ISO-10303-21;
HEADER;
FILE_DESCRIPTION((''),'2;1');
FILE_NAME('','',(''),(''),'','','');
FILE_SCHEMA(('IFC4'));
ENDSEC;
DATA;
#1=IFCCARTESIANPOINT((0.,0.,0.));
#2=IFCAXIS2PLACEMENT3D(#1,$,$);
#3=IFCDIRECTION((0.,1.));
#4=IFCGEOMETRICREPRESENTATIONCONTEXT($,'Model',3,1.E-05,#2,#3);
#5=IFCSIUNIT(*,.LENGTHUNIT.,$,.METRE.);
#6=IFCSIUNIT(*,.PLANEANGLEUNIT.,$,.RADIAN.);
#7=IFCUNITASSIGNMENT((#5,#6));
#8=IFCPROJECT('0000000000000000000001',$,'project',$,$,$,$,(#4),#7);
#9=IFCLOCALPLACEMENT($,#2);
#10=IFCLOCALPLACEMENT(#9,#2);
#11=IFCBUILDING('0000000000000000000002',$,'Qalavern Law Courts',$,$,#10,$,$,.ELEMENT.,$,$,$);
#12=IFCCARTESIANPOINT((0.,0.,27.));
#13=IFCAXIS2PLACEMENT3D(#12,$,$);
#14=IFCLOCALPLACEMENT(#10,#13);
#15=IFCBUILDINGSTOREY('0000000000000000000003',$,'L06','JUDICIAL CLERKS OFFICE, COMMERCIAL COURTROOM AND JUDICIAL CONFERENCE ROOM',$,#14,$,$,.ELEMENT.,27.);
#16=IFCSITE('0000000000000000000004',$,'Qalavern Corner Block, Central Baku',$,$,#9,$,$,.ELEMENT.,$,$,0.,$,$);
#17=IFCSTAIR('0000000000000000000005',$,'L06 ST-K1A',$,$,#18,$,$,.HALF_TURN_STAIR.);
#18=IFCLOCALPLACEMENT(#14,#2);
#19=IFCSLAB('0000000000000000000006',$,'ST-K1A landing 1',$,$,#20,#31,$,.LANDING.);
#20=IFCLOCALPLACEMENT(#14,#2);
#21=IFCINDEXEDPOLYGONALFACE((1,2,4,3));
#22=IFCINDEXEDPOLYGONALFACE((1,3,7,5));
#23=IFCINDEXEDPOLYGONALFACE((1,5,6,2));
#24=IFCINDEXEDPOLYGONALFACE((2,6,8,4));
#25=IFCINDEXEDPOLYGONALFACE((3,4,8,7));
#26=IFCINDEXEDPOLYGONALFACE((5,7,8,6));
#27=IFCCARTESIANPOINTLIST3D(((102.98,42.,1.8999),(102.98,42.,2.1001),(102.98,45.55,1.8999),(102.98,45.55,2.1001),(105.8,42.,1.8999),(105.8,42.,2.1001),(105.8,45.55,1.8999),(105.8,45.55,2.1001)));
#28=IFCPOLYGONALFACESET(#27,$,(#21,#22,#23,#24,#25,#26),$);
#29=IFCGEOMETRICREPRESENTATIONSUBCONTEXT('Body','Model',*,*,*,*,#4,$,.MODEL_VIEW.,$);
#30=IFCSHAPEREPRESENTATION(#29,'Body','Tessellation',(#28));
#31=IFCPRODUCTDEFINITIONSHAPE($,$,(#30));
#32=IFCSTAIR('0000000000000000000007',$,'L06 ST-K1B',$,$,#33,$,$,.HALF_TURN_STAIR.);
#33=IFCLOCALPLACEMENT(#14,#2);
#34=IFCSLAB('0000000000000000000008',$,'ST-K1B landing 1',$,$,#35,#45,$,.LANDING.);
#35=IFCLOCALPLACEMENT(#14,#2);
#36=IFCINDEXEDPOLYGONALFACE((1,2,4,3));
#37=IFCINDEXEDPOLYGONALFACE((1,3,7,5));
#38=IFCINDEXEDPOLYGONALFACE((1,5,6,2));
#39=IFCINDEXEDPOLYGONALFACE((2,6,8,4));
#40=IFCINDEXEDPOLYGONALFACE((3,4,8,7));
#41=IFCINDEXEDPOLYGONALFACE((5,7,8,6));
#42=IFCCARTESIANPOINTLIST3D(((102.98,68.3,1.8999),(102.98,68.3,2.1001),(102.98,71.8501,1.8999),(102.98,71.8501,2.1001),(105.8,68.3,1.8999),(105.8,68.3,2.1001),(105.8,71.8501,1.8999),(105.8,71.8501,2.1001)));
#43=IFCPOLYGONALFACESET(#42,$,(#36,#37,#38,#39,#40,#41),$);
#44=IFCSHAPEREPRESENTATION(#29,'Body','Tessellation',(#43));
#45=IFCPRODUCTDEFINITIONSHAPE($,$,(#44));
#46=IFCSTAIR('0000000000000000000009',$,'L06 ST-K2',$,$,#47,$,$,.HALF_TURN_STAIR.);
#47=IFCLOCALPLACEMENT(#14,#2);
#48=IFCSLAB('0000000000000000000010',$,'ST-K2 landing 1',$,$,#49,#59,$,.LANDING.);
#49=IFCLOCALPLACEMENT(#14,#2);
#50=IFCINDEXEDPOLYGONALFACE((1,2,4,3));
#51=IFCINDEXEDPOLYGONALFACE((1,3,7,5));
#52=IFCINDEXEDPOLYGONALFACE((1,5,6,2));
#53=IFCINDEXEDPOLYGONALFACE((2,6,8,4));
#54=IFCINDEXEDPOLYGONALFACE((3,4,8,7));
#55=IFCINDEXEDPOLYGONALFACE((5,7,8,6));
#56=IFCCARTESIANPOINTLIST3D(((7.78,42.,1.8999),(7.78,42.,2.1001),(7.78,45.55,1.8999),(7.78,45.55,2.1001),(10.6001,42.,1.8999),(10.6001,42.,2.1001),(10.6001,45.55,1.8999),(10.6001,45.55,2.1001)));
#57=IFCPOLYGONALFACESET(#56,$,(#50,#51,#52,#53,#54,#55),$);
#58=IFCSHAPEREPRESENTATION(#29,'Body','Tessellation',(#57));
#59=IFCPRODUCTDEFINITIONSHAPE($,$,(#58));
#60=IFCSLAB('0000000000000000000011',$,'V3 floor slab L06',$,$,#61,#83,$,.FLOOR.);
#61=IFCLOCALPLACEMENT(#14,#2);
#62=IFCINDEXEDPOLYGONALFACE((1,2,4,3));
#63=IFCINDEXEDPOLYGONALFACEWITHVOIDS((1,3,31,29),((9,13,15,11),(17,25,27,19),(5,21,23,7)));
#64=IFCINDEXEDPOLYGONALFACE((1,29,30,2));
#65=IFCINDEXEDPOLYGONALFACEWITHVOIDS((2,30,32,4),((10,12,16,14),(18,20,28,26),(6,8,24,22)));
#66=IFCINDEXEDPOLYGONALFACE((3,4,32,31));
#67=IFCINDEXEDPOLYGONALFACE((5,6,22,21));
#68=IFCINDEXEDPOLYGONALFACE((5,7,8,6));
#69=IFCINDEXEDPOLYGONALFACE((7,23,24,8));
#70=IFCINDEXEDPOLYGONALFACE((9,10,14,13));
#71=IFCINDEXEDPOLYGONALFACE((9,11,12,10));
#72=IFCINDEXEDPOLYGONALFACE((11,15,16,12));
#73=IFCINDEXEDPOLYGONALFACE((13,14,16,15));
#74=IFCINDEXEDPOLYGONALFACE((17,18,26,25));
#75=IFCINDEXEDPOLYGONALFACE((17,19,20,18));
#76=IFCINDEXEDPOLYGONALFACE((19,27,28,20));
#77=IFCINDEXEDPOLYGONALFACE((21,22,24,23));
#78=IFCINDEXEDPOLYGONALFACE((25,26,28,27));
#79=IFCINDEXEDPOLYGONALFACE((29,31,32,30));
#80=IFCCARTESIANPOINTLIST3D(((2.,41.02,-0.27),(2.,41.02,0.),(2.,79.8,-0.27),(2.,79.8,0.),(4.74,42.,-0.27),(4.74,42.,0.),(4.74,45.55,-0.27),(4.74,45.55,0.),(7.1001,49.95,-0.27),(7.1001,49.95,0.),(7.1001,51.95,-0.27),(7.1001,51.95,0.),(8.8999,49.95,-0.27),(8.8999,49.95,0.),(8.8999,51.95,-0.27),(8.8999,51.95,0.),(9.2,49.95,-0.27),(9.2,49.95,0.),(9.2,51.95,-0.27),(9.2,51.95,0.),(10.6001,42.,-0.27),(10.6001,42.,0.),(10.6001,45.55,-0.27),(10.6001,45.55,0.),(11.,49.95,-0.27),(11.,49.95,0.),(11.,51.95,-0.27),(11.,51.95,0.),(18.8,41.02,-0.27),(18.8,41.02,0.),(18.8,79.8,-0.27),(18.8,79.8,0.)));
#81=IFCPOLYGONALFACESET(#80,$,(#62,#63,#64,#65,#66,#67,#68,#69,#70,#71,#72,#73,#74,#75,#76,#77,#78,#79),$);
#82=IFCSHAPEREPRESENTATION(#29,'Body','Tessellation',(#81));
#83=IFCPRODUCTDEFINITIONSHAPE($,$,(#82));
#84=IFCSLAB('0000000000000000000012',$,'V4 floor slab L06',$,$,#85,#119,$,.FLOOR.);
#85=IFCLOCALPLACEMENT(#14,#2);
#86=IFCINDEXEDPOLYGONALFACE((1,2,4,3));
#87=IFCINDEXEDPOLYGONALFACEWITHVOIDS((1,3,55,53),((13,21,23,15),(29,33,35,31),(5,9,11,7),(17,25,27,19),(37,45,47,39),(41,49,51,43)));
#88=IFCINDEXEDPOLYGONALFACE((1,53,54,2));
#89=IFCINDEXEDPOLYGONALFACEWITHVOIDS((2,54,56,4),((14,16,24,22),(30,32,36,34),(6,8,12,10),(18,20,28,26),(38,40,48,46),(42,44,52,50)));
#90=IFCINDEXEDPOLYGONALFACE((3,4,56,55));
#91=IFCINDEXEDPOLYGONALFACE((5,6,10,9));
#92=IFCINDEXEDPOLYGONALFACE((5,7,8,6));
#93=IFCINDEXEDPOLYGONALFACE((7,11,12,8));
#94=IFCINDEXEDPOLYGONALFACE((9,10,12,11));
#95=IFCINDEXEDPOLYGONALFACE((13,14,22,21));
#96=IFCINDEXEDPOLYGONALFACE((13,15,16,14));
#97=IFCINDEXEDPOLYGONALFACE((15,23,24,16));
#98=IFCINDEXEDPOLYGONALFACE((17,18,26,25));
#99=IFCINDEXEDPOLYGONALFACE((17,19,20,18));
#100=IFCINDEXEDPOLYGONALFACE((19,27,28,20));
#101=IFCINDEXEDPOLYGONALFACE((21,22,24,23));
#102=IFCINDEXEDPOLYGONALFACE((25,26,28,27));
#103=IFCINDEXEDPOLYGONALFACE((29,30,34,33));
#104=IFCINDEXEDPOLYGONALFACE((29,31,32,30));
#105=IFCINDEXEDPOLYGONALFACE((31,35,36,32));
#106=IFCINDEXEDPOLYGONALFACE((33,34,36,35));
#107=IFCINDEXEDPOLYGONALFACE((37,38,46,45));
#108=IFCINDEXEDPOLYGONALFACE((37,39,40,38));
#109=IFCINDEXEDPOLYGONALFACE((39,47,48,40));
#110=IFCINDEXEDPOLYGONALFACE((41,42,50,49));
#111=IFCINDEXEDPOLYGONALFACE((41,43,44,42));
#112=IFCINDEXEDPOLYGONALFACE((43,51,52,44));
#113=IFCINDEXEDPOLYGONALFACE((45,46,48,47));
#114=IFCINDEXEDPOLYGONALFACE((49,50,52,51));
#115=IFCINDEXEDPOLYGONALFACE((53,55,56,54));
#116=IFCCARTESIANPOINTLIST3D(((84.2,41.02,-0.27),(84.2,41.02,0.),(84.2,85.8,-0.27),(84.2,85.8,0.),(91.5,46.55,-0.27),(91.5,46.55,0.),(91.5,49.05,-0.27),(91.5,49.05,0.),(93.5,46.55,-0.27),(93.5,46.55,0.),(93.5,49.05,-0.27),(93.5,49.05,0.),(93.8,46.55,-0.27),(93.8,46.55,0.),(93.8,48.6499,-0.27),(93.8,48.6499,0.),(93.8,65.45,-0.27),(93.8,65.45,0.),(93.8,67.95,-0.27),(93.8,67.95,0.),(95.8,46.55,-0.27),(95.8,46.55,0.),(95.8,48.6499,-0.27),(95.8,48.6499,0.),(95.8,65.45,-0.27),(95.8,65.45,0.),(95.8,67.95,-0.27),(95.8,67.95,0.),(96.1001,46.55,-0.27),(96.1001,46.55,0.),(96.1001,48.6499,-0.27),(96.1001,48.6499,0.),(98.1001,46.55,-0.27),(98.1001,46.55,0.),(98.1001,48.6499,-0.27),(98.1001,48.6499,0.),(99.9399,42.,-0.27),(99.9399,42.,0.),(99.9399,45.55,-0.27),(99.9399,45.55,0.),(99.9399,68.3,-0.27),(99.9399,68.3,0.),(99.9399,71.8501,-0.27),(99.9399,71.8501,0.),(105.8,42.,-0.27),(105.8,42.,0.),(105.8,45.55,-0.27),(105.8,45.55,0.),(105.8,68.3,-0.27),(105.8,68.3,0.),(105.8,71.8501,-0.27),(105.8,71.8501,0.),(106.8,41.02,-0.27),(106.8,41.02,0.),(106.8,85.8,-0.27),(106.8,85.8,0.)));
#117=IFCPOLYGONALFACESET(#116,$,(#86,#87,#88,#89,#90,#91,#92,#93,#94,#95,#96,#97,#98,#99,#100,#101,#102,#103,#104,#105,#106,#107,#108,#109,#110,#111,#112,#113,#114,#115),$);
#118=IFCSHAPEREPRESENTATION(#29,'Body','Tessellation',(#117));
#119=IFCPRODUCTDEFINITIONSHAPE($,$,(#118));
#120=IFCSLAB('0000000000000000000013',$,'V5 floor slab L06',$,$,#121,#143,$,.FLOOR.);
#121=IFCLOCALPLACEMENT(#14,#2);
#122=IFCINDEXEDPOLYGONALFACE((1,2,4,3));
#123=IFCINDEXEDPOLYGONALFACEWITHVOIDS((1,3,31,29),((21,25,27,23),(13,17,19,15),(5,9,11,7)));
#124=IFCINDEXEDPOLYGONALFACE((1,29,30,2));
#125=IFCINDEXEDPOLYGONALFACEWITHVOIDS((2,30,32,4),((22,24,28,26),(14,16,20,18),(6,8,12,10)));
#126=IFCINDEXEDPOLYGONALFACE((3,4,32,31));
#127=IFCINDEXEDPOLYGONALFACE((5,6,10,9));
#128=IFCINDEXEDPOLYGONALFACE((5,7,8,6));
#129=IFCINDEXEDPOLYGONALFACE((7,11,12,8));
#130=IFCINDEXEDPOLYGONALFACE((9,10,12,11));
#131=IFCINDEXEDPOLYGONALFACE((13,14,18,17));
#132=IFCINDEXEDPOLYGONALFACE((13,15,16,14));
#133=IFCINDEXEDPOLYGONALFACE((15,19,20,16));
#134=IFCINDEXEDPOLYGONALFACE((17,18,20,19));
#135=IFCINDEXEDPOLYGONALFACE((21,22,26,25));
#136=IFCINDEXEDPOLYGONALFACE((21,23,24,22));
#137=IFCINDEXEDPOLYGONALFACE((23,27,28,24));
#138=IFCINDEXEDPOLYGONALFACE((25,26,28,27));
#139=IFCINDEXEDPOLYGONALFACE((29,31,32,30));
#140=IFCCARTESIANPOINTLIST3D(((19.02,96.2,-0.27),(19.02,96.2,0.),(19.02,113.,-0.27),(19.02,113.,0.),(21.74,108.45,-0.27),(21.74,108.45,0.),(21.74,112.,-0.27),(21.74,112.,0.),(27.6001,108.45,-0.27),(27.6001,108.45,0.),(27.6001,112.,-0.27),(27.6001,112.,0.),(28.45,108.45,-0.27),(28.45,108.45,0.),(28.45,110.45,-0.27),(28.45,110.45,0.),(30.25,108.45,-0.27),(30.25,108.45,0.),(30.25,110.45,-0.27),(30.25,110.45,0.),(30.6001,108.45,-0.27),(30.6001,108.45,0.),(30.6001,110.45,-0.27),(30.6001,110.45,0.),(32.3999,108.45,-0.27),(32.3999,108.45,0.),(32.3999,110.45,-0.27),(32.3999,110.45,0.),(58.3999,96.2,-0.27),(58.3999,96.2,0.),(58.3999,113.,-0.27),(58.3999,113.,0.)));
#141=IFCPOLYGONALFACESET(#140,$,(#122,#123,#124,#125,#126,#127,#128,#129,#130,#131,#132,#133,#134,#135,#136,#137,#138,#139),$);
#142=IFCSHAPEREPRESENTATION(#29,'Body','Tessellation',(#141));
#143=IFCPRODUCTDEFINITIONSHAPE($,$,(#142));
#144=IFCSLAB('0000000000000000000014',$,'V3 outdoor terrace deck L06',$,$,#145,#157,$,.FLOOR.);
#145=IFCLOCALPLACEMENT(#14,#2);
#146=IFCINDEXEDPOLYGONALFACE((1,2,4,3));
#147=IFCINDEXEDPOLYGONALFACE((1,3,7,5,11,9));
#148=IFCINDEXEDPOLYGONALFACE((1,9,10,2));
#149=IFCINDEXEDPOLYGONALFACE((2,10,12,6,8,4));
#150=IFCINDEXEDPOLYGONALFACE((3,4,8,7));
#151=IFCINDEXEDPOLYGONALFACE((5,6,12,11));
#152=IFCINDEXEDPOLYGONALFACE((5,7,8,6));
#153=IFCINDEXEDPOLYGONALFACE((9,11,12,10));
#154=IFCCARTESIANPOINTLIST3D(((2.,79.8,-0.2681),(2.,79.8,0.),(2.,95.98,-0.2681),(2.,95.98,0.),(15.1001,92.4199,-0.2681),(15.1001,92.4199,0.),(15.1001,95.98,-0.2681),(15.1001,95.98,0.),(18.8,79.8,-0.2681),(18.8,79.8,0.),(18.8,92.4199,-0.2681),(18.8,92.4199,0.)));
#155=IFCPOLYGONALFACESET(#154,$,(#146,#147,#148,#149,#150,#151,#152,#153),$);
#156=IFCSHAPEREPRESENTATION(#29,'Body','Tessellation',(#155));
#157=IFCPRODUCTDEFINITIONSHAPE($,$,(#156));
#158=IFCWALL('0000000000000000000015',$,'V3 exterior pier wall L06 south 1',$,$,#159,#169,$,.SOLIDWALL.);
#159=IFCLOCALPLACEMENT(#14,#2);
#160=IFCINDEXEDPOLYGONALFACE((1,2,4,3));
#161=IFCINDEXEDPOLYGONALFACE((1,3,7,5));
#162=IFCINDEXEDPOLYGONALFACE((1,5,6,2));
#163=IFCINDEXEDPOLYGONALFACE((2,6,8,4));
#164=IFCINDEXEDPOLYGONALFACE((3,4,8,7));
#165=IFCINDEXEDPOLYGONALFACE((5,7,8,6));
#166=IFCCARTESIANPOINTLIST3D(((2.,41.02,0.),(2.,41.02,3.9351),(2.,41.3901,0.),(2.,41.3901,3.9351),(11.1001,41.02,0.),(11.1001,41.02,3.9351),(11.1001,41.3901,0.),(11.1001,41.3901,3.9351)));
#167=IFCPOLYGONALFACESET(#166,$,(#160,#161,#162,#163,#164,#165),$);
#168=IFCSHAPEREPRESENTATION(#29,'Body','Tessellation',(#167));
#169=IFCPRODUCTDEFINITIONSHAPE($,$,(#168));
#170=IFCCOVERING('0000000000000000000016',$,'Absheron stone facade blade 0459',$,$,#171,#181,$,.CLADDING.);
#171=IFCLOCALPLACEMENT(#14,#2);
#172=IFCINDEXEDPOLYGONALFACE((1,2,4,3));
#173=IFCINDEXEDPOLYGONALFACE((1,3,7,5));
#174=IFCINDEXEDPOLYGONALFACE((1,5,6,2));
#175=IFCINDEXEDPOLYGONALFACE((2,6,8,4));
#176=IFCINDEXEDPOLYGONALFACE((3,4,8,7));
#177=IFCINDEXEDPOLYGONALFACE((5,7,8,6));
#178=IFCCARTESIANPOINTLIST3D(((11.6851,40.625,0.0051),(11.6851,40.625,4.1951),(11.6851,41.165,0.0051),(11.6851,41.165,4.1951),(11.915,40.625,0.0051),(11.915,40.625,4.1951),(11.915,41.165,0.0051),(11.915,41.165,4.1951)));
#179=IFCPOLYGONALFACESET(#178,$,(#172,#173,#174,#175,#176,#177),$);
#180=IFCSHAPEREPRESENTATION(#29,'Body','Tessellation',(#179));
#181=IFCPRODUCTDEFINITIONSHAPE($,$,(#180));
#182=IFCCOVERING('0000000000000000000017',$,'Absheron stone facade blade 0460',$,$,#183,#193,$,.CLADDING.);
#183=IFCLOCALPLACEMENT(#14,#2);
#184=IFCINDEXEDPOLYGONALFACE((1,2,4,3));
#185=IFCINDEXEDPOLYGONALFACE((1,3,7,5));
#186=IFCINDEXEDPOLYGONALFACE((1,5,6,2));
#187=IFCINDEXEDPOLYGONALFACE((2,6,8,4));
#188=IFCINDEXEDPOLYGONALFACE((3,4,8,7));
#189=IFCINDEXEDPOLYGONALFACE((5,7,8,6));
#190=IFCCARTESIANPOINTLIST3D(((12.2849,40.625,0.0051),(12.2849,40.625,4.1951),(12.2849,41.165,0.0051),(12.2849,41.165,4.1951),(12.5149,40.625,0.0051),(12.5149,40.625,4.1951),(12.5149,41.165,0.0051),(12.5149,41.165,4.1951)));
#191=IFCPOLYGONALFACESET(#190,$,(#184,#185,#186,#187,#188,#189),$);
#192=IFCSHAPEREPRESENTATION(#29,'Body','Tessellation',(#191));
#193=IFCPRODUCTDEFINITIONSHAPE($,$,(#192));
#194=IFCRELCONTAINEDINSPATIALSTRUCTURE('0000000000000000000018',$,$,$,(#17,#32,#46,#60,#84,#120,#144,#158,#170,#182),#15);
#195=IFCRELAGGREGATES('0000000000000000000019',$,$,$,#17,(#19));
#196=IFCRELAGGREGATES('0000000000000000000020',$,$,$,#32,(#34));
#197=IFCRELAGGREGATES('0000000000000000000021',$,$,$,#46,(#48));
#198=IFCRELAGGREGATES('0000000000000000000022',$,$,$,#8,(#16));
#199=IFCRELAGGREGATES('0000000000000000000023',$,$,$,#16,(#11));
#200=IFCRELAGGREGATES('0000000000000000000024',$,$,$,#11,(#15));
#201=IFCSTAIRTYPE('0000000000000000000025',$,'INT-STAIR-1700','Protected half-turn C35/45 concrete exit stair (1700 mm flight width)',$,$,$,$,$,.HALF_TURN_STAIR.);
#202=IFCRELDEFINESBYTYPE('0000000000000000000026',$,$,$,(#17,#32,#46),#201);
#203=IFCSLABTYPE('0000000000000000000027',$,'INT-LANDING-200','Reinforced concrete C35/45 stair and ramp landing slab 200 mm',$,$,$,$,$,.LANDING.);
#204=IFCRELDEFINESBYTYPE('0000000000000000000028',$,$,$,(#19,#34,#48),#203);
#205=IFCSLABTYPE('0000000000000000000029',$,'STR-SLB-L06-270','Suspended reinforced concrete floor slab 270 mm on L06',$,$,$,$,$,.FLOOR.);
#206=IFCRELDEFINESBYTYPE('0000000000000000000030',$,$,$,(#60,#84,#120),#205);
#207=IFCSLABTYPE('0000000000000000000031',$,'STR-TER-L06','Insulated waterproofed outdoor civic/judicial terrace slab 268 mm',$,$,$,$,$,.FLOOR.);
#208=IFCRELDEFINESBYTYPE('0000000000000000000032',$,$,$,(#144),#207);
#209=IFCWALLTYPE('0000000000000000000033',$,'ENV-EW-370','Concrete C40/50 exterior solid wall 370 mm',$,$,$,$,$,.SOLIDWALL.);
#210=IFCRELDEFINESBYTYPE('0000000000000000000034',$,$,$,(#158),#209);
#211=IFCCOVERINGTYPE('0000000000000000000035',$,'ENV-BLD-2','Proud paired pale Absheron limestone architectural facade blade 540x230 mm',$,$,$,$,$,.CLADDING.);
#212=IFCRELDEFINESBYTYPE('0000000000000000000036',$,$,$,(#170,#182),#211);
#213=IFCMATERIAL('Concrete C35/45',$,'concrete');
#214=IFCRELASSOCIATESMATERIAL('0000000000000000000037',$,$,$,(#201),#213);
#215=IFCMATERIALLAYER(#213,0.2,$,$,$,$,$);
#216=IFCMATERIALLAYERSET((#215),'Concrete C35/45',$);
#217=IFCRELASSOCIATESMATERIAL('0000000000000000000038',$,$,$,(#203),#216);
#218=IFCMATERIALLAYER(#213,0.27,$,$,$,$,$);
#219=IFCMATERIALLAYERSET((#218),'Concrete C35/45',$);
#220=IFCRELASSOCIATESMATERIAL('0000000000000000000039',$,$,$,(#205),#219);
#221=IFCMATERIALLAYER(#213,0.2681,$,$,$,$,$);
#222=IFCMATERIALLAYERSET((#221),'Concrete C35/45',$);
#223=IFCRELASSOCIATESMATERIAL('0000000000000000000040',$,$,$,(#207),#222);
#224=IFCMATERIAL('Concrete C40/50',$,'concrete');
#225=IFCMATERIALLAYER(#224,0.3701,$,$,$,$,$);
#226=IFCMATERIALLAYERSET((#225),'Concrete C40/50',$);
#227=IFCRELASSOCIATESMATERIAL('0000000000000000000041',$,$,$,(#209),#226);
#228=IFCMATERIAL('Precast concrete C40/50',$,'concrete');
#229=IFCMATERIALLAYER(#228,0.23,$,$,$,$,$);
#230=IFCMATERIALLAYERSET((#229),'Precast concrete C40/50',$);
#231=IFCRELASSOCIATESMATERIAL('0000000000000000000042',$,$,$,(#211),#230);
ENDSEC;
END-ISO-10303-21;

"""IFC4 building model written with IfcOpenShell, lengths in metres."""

from ifc_helpers import new_model, si_unit, direction, frame, frame_2d, origin, origin_2d, place, context, subcontext, project, spatial, polyline, rectangle, outline, extrude, material, layer, layer_set, type_object, element, aggregate, save


model = new_model("IFC4")

# Units and contexts
model_context = context("Model", 3, precision=1e-05, world=origin(), true_north=direction((0.0, 1.0)))
body_context = subcontext(model_context, "Body", "Model", "MODEL_VIEW")
ifc_project = project(units=[si_unit("LENGTHUNIT", "METRE"), si_unit("PLANEANGLEUNIT", "RADIAN")], contexts=[model_context])

# Site, building, storey
site_placement = place(None, origin())
site = spatial("IfcSite", under=ifc_project, at=site_placement, Name="Qalavern Corner Block, Central Baku", CompositionType="ELEMENT", RefElevation=0.0)
building_placement = place(site_placement, origin())
building = spatial("IfcBuilding", under=site, at=building_placement, Name="Qalavern Law Courts", CompositionType="ELEMENT")
storey_placement = place(building_placement, frame((0.0, 0.0, 27.0)))
storey = spatial("IfcBuildingStorey", under=building, at=storey_placement, Name="L06", Description="JUDICIAL CLERKS OFFICE, COMMERCIAL COURTROOM AND JUDICIAL CONFERENCE ROOM", CompositionType="ELEMENT", Elevation=27.0)

# Stairs, slabs
ifc_material_1 = material(Name="Concrete C35/45", Category="concrete")
stair_type = type_object("IfcStairType", Name="INT-STAIR-1700", Description="Protected half-turn C35/45 concrete exit stair (1700 mm flight width)", PredefinedType="HALF_TURN_STAIR", material=ifc_material_1)
stair_1_placement = place(storey_placement, origin())
stair_1 = element("IfcStair", 1, at=stair_1_placement, inside=storey, type_object=stair_type, Name="L06 ST-K1A", PredefinedType="HALF_TURN_STAIR")
ifc_layer_1 = layer(ifc_material_1, 0.2)
ifc_layer_set_1 = layer_set([ifc_layer_1], Name="Concrete C35/45")
slab_type_1 = type_object("IfcSlabType", Name="INT-LANDING-200", Description="Reinforced concrete C35/45 stair and ramp landing slab 200 mm", PredefinedType="LANDING", material=ifc_layer_set_1)
slab_1_placement = place(storey_placement, frame((0.0, 0.0, 1.8999)))
slab_1 = element("IfcSlab", 2, at=slab_1_placement, type_object=slab_type_1, Name="ST-K1A landing 1", PredefinedType="LANDING", context=body_context, shape_type="SweptSolid", body=[
    extrude(outline(polyline([(102.98, 42.0), (105.8, 42.0), (105.8, 45.55), (102.98, 45.55), (102.98, 42.0)])), origin(), (0.0, 0.0, 1.0), 0.2002),
])
aggregate(stair_1, [slab_1])
stair_2_placement = place(storey_placement, origin())
stair_2 = element("IfcStair", 3, at=stair_2_placement, inside=storey, type_object=stair_type, Name="L06 ST-K1B", PredefinedType="HALF_TURN_STAIR")
slab_2_placement = place(storey_placement, frame((0.0, 0.0, 1.8999)))
slab_2 = element("IfcSlab", 4, at=slab_2_placement, type_object=slab_type_1, Name="ST-K1B landing 1", PredefinedType="LANDING", context=body_context, shape_type="SweptSolid", body=[
    extrude(outline(polyline([(102.98, 68.3), (105.8, 68.3), (105.8, 71.8501), (102.98, 71.8501), (102.98, 68.3)])), origin(), (0.0, 0.0, 1.0), 0.2002),
])
aggregate(stair_2, [slab_2])
stair_3_placement = place(storey_placement, origin())
stair_3 = element("IfcStair", 5, at=stair_3_placement, inside=storey, type_object=stair_type, Name="L06 ST-K2", PredefinedType="HALF_TURN_STAIR")
slab_3_placement = place(storey_placement, frame((0.0, 0.0, 1.8999)))
slab_3 = element("IfcSlab", 6, at=slab_3_placement, type_object=slab_type_1, Name="ST-K2 landing 1", PredefinedType="LANDING", context=body_context, shape_type="SweptSolid", body=[
    extrude(outline(polyline([(7.78, 42.0), (10.6001, 42.0), (10.6001, 45.55), (7.78, 45.55), (7.78, 42.0)])), origin(), (0.0, 0.0, 1.0), 0.2002),
])
aggregate(stair_3, [slab_3])

# Slabs
ifc_layer_2 = layer(ifc_material_1, 0.27)
ifc_layer_set_2 = layer_set([ifc_layer_2], Name="Concrete C35/45")
slab_type_2 = type_object("IfcSlabType", Name="STR-SLB-L06-270", Description="Suspended reinforced concrete floor slab 270 mm on L06", PredefinedType="FLOOR", material=ifc_layer_set_2)
slab_4_placement = place(storey_placement, frame((0.0, 0.0, -0.27)))
element("IfcSlab", 7, at=slab_4_placement, inside=storey, type_object=slab_type_2, Name="V3 floor slab L06", PredefinedType="FLOOR", context=body_context, shape_type="SweptSolid", body=[
    extrude(outline(polyline([(2.0, 41.02), (18.8, 41.02), (18.8, 79.8), (2.0, 79.8), (2.0, 41.02)]), holes=[polyline([(4.74, 42.0), (10.6001, 42.0), (10.6001, 45.55), (4.74, 45.55), (4.74, 42.0)]), polyline([(7.1001, 49.95), (8.8999, 49.95), (8.8999, 51.95), (7.1001, 51.95), (7.1001, 49.95)]), polyline([(9.2, 49.95), (11.0, 49.95), (11.0, 51.95), (9.2, 51.95), (9.2, 49.95)])]), origin(), (0.0, 0.0, 1.0), 0.27),
])
slab_5_placement = place(storey_placement, frame((0.0, 0.0, -0.27)))
element("IfcSlab", 8, at=slab_5_placement, inside=storey, type_object=slab_type_2, Name="V4 floor slab L06", PredefinedType="FLOOR", context=body_context, shape_type="SweptSolid", body=[
    extrude(outline(polyline([(84.2, 41.02), (106.8, 41.02), (106.8, 85.8), (84.2, 85.8), (84.2, 41.02)]), holes=[polyline([(99.9399, 42.0), (105.8, 42.0), (105.8, 45.55), (99.9399, 45.55), (99.9399, 42.0)]), polyline([(91.5, 46.55), (93.5, 46.55), (93.5, 49.05), (91.5, 49.05), (91.5, 46.55)]), polyline([(93.8, 46.55), (95.8, 46.55), (95.8, 48.6499), (93.8, 48.6499), (93.8, 46.55)]), polyline([(96.1001, 46.55), (98.1001, 46.55), (98.1001, 48.6499), (96.1001, 48.6499), (96.1001, 46.55)]), polyline([(99.9399, 68.3), (105.8, 68.3), (105.8, 71.8501), (99.9399, 71.8501), (99.9399, 68.3)]), polyline([(93.8, 65.45), (95.8, 65.45), (95.8, 67.95), (93.8, 67.95), (93.8, 65.45)])]), origin(), (0.0, 0.0, 1.0), 0.27),
])
slab_6_placement = place(storey_placement, frame((0.0, 0.0, -0.27)))
element("IfcSlab", 9, at=slab_6_placement, inside=storey, type_object=slab_type_2, Name="V5 floor slab L06", PredefinedType="FLOOR", context=body_context, shape_type="SweptSolid", body=[
    extrude(outline(polyline([(19.02, 96.2), (58.3999, 96.2), (58.3999, 113.0), (19.02, 113.0), (19.02, 96.2)]), holes=[polyline([(21.74, 108.45), (27.6001, 108.45), (27.6001, 112.0), (21.74, 112.0), (21.74, 108.45)]), polyline([(28.45, 108.45), (30.25, 108.45), (30.25, 110.45), (28.45, 110.45), (28.45, 108.45)]), polyline([(30.6001, 108.45), (32.3999, 108.45), (32.3999, 110.45), (30.6001, 110.45), (30.6001, 108.45)])]), origin(), (0.0, 0.0, 1.0), 0.27),
])
ifc_layer_3 = layer(ifc_material_1, 0.2681)
ifc_layer_set_3 = layer_set([ifc_layer_3], Name="Concrete C35/45")
slab_type_3 = type_object("IfcSlabType", Name="STR-TER-L06", Description="Insulated waterproofed outdoor civic/judicial terrace slab 268 mm", PredefinedType="FLOOR", material=ifc_layer_set_3)
slab_7_placement = place(storey_placement, frame((0.0, 0.0, -0.2681)))
element("IfcSlab", 10, at=slab_7_placement, inside=storey, type_object=slab_type_3, Name="V3 outdoor terrace deck L06", PredefinedType="FLOOR", context=body_context, shape_type="SweptSolid", body=[
    extrude(outline(polyline([(2.0, 79.8), (18.8, 79.8), (18.8, 92.4199), (15.1001, 92.4199), (15.1001, 95.98), (2.0, 95.98), (2.0, 79.8)])), origin(), (0.0, 0.0, 1.0), 0.2681),
])

# Wall
ifc_material_2 = material(Name="Concrete C40/50", Category="concrete")
ifc_layer_4 = layer(ifc_material_2, 0.3701)
ifc_layer_set_4 = layer_set([ifc_layer_4], Name="Concrete C40/50")
wall_type = type_object("IfcWallType", Name="ENV-EW-370", Description="Concrete C40/50 exterior solid wall 370 mm", PredefinedType="SOLIDWALL", material=ifc_layer_set_4)
wall_placement = place(storey_placement, frame((2.0, 41.2051, 0.0), z_axis=(0.0, 0.0, 1.0), x_axis=(1.0, 0.0, 0.0)))
element("IfcWall", 11, at=wall_placement, inside=storey, type_object=wall_type, Name="V3 exterior pier wall L06 south 1", PredefinedType="SOLIDWALL", context=body_context, shape_type="SweptSolid", body=[
    extrude(rectangle(XDim=9.1001, YDim=0.3701, at=frame_2d((4.55, 0.0))), origin(), (0.0, 0.0, 1.0), 3.9351),
])

# Coverings
ifc_material_3 = material(Name="Precast concrete C40/50", Category="concrete")
ifc_layer_5 = layer(ifc_material_3, 0.23)
ifc_layer_set_5 = layer_set([ifc_layer_5], Name="Precast concrete C40/50")
covering_type_1 = type_object("IfcCoveringType", Name="ENV-BLD-2", Description="Proud paired pale Absheron limestone architectural facade blade 540x230 mm", PredefinedType="CLADDING", material=ifc_layer_set_5)
for number, where, z_axis, x_axis, name in (
    (12, (11.8, 40.895, 0.0051), (0.0, 0.0, 1.0), (0.0, -1.0, 0.0), "Absheron stone facade blade 0459"),
    (13, (12.3999, 40.895, 0.0051), (0.0, 0.0, 1.0), (0.0, -1.0, 0.0), "Absheron stone facade blade 0460"),
):
    element("IfcCovering", number, at=place(storey_placement, frame(where, z_axis=z_axis, x_axis=x_axis)), inside=storey, type_object=covering_type_1, Name=name, PredefinedType="CLADDING", context=body_context, shape_type="SweptSolid", body=[
        extrude(rectangle(XDim=0.54, YDim=0.23, at=origin_2d()), origin(), (0.0, 0.0, 1.0), 4.1899),
    ])

save(model, "model.ifc")
